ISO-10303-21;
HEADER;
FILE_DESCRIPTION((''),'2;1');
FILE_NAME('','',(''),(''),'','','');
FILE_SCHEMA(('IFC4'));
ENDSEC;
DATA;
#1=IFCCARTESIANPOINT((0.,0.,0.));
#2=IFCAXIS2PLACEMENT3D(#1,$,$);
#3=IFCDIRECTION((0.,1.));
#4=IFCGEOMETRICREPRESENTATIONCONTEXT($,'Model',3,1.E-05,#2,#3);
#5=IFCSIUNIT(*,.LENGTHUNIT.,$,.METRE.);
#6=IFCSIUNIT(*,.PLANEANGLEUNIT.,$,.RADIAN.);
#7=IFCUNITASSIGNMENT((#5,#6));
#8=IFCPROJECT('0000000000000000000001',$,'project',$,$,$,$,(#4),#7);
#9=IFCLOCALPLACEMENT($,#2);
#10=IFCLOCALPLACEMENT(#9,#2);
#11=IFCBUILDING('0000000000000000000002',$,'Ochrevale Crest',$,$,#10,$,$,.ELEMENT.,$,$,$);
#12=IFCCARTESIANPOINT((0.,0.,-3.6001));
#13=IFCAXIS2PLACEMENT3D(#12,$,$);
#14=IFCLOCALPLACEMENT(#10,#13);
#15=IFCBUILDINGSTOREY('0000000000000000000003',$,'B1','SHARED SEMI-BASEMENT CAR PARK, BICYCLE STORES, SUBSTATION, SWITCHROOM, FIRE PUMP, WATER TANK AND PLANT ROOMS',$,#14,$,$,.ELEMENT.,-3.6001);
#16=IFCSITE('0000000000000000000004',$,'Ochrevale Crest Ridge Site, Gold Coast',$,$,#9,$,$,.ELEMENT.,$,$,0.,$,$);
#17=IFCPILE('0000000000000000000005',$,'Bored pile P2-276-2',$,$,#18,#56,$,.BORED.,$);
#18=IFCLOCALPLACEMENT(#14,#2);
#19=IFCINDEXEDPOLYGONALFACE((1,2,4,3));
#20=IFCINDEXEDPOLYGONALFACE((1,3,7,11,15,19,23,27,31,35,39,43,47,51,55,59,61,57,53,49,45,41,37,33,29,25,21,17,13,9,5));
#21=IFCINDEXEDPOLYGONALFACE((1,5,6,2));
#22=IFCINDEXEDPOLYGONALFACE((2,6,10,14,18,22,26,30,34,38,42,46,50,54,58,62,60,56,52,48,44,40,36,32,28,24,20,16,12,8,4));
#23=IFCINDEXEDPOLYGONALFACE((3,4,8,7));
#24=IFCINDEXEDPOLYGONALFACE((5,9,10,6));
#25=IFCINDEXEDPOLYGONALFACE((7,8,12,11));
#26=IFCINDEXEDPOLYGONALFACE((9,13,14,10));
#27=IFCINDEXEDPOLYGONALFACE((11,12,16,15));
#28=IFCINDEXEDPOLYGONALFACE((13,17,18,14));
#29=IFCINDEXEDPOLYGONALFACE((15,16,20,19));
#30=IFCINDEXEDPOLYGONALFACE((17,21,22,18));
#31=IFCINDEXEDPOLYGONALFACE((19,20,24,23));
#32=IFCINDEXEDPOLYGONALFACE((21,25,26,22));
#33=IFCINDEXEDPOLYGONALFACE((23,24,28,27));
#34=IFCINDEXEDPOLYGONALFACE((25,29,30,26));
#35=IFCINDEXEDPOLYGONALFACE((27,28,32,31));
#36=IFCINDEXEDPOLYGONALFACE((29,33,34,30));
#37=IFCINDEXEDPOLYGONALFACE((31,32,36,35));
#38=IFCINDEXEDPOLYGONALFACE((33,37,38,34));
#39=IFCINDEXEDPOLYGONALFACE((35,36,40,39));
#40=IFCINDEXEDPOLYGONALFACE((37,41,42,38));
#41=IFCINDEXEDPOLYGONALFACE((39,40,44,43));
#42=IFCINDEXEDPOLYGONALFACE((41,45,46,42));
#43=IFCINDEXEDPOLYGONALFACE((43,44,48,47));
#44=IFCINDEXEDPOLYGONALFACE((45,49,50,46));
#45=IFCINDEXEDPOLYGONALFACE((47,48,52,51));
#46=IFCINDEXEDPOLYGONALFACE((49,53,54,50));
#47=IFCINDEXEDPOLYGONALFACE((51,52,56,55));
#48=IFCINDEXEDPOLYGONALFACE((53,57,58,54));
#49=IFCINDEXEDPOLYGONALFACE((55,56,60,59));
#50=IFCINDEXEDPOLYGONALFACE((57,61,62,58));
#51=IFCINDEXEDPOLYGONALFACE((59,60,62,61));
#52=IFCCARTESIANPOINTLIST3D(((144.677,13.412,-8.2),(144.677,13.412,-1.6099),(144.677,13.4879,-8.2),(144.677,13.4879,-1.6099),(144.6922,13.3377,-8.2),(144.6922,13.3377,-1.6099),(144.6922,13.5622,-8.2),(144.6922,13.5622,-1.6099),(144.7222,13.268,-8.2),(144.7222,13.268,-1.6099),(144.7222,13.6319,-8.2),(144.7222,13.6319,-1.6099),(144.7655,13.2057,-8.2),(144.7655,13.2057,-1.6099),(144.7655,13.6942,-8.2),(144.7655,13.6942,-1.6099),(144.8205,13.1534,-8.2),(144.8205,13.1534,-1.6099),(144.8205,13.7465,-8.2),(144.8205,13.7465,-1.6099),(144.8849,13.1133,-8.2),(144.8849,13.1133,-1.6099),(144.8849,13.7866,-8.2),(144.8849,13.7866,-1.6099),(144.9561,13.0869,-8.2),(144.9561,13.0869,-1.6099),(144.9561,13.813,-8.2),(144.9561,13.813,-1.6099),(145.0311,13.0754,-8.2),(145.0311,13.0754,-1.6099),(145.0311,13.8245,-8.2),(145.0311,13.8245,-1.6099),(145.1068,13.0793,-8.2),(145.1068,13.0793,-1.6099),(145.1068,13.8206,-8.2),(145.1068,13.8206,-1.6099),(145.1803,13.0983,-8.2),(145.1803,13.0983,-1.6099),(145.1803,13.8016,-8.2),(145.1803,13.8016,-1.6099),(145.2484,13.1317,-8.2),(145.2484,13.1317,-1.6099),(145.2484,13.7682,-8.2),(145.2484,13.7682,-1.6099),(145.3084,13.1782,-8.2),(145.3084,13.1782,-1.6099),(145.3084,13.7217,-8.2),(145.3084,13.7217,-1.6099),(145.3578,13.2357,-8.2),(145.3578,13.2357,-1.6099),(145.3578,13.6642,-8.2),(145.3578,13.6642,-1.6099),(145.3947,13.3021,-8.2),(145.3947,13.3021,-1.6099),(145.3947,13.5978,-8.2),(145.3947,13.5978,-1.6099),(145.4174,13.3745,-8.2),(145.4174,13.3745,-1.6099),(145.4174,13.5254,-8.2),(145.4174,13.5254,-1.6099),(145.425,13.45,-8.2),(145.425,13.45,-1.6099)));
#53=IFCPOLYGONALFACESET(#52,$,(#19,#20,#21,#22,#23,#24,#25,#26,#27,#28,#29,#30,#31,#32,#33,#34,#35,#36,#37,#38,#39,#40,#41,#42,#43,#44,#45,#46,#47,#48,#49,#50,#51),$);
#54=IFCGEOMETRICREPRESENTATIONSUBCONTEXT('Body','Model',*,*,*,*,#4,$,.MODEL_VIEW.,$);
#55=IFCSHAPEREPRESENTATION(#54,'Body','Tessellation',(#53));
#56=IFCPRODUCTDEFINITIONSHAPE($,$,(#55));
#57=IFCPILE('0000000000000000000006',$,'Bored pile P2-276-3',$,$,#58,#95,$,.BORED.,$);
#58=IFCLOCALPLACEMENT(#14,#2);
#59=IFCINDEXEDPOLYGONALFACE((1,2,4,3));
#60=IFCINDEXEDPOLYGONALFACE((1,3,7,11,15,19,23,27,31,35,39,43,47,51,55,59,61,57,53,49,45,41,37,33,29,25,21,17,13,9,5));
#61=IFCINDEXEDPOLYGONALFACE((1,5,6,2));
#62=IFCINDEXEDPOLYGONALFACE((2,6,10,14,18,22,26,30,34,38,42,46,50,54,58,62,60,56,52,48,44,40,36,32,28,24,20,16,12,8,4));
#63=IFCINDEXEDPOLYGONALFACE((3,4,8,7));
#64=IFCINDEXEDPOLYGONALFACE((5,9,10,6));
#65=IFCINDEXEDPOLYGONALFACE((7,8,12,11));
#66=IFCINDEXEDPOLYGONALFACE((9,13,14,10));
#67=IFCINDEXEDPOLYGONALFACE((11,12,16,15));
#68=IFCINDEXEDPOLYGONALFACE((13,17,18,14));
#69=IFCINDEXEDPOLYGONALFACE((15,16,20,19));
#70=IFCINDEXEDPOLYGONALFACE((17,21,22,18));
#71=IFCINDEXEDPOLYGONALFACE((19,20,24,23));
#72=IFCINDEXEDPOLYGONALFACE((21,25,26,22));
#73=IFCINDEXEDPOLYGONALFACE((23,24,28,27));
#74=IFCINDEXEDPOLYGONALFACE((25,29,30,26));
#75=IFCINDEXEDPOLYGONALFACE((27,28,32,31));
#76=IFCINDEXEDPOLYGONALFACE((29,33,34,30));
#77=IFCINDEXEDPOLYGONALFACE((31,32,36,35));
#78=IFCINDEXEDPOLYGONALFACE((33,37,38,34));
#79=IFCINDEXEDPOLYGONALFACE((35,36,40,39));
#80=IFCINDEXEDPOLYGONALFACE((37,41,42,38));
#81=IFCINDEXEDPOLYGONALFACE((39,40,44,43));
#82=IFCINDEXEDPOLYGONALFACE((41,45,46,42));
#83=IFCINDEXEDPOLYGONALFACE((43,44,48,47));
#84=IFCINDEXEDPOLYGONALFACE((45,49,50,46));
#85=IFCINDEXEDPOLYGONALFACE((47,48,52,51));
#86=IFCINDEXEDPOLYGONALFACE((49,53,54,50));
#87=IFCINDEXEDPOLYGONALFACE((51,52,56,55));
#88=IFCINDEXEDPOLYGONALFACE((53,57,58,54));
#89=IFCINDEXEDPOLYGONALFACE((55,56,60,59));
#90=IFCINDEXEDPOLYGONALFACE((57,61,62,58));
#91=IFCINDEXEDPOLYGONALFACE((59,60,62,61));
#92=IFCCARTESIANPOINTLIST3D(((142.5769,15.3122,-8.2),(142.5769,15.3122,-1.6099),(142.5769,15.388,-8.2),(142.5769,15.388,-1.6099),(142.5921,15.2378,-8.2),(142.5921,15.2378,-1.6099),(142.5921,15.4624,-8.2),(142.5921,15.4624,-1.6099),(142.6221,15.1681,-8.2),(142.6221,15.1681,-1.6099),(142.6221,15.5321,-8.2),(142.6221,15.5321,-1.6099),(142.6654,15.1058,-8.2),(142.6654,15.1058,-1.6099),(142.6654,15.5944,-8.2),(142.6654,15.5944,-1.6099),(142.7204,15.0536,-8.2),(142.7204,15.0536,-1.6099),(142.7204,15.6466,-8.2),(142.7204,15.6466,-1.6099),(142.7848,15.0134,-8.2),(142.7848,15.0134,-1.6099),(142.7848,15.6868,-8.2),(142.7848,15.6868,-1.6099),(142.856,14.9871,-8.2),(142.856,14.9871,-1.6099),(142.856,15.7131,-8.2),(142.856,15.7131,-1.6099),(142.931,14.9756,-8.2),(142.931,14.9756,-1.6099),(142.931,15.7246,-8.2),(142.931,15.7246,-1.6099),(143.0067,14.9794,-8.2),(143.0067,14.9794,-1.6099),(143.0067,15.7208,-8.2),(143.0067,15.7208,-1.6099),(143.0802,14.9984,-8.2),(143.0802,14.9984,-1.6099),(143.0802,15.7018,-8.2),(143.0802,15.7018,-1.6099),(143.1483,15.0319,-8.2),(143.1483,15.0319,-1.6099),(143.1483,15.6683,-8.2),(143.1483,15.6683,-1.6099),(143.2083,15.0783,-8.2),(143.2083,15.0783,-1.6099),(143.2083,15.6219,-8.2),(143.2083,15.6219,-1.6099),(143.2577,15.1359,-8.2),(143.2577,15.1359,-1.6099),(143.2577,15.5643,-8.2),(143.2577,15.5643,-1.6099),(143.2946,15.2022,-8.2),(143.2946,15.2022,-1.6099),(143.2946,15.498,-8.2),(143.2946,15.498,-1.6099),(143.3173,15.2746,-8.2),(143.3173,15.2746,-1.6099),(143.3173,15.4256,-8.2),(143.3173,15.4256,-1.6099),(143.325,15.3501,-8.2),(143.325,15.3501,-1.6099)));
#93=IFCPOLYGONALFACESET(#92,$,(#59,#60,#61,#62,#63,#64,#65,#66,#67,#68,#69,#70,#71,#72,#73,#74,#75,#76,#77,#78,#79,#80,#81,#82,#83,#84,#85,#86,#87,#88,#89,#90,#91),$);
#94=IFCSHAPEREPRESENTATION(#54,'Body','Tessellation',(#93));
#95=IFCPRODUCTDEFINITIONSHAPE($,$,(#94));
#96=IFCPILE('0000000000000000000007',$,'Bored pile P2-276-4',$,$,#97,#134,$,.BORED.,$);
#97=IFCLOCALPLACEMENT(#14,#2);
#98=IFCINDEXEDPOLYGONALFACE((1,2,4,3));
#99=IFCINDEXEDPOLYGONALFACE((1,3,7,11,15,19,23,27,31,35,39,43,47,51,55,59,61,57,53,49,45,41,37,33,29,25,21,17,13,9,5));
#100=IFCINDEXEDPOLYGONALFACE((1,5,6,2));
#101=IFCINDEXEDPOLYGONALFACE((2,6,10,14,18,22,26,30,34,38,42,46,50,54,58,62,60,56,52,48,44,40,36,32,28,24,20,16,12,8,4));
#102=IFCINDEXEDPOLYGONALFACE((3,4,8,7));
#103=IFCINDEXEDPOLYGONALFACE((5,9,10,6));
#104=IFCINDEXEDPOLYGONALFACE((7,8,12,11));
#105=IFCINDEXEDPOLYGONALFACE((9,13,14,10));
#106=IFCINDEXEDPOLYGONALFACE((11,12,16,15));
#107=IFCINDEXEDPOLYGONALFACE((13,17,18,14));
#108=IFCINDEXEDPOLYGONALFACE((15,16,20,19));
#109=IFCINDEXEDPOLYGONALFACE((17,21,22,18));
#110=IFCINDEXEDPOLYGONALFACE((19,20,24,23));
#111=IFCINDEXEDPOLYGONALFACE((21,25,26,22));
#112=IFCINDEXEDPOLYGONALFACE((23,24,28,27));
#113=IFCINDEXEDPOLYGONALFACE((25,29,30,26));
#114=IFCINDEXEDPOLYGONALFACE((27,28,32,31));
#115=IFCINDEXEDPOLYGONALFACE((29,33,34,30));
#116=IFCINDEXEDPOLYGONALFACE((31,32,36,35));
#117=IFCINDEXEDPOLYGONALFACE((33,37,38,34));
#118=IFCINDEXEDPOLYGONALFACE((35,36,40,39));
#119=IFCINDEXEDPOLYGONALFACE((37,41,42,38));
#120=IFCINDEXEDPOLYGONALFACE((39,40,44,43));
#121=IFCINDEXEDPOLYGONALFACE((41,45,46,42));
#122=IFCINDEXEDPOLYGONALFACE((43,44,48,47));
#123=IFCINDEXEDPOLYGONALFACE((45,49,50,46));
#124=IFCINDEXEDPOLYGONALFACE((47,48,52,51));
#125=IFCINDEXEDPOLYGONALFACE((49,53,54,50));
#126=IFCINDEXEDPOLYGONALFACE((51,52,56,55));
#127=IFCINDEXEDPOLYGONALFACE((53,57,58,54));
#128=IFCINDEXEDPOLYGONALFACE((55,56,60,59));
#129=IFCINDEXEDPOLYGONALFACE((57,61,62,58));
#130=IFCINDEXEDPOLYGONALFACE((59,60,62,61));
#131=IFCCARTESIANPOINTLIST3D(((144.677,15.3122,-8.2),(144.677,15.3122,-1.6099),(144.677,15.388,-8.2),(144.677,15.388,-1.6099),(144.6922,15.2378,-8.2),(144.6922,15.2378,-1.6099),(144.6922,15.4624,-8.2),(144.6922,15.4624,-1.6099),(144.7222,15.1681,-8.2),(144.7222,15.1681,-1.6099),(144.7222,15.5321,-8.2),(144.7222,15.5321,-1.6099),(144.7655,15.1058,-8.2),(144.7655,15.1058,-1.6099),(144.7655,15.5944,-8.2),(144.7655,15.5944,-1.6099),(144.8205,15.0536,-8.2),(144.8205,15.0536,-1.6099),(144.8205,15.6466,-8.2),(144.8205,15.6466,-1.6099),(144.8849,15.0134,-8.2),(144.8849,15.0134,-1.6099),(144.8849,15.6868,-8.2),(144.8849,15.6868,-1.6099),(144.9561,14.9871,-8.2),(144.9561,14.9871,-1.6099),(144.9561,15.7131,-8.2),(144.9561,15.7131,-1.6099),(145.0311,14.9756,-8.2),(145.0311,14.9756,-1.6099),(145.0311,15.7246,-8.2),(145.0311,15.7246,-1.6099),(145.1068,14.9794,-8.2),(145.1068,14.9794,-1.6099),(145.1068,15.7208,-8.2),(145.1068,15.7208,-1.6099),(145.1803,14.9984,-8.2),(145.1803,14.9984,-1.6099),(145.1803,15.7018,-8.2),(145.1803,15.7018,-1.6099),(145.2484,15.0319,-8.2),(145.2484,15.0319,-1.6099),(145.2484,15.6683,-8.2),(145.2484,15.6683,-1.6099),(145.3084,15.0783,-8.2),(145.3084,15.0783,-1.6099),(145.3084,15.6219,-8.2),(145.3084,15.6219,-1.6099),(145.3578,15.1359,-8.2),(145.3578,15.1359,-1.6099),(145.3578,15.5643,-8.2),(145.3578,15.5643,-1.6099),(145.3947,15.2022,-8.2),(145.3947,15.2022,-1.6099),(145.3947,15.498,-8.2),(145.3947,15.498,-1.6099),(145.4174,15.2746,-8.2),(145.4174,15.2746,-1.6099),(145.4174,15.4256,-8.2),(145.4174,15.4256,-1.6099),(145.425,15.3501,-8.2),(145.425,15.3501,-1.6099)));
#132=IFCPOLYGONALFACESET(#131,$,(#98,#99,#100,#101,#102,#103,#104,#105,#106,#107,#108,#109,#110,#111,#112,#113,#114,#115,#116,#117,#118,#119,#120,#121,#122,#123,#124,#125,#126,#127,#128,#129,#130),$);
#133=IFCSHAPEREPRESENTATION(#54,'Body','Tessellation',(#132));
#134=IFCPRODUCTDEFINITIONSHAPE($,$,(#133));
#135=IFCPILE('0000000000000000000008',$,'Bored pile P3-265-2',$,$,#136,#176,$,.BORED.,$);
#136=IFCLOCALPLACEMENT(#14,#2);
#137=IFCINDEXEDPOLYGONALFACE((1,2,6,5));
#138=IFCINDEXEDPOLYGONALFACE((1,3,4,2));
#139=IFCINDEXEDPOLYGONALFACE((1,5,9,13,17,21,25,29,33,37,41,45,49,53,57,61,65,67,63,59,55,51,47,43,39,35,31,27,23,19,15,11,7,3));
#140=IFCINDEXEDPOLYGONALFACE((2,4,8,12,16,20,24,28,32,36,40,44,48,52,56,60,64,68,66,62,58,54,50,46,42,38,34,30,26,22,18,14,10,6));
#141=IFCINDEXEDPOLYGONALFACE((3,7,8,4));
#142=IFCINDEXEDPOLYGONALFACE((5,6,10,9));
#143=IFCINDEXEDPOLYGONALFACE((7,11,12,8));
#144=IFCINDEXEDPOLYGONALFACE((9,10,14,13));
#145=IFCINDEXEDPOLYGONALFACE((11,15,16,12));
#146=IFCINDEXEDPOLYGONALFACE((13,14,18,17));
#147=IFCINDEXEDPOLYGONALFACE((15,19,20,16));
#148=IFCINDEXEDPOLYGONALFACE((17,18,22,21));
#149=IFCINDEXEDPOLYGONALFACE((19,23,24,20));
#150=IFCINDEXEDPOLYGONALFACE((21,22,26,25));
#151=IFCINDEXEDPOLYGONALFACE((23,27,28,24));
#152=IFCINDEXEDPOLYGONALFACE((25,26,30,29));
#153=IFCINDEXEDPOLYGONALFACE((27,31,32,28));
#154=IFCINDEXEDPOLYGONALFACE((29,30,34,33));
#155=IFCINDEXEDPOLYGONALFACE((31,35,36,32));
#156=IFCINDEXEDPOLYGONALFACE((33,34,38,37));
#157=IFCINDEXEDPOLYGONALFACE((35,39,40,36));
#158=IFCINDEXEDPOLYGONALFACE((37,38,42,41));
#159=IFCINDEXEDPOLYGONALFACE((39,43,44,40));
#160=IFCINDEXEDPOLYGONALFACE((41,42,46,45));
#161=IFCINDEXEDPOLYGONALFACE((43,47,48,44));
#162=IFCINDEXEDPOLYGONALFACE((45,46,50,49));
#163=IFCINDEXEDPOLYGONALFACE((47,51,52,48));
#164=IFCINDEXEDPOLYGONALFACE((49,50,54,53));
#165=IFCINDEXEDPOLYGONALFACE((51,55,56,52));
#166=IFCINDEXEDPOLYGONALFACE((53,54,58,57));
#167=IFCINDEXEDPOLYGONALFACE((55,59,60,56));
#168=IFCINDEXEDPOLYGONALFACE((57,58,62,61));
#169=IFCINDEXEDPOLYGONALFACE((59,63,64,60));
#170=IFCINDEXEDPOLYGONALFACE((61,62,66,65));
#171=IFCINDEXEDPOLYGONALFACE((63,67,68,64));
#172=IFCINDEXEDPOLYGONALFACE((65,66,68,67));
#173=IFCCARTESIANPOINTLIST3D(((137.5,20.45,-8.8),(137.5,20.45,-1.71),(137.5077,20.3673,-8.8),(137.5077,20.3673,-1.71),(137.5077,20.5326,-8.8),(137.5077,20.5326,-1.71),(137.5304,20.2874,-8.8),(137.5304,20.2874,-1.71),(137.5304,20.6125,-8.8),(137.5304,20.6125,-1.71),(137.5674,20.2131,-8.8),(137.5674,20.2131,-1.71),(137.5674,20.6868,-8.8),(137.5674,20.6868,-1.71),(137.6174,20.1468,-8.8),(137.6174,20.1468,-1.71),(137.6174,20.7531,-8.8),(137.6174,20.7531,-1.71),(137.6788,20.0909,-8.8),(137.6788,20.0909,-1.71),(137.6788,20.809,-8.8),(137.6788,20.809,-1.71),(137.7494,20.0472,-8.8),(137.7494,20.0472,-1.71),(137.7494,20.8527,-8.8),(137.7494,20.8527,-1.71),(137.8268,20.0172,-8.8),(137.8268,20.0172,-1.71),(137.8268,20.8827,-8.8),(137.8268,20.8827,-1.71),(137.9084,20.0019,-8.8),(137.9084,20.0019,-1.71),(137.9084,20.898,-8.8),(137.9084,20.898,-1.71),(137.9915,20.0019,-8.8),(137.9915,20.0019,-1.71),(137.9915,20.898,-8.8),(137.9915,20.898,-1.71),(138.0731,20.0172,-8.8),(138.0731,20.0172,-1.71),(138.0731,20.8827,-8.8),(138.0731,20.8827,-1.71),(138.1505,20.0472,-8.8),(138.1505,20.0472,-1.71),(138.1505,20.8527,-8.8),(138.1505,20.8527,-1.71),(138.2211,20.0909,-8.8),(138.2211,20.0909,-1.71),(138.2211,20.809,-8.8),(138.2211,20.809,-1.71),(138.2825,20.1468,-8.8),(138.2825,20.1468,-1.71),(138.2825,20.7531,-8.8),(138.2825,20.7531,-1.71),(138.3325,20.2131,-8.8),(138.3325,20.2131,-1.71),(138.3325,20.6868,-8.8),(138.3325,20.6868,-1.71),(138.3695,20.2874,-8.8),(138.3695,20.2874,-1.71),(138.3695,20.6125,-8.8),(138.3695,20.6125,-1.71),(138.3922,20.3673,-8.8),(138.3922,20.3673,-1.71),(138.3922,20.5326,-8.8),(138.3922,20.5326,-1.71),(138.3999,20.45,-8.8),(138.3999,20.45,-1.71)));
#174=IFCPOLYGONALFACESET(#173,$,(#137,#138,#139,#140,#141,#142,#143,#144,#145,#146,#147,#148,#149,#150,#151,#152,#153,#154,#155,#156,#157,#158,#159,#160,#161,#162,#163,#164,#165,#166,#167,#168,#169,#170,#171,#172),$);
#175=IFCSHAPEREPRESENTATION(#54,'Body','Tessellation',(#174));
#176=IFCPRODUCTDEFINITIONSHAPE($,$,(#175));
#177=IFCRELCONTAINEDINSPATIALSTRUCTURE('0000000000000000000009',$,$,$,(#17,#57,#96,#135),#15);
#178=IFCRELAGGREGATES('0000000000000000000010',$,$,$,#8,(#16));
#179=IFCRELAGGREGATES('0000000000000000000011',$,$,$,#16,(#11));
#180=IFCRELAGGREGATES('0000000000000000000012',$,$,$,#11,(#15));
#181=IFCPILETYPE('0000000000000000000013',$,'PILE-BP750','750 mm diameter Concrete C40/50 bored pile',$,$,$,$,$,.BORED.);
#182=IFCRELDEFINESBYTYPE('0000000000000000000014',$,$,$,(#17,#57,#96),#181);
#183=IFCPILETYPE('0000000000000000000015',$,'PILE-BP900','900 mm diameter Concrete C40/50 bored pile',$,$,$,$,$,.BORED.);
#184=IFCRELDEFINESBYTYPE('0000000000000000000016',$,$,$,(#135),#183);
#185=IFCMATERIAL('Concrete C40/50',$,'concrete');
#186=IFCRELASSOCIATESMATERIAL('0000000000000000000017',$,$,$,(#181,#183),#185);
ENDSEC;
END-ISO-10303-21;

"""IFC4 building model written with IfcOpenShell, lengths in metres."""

from ifc_helpers import new_model, si_unit, direction, frame, origin, origin_2d, place, context, subcontext, project, spatial, circle, extrude, material, material_profile, profile_set, type_object, element, save


model = new_model("IFC4")

# Units and contexts
model_context = context("Model", 3, precision=1e-05, world=origin(), true_north=direction((0.0, 1.0)))
body_context = subcontext(model_context, "Body", "Model", "MODEL_VIEW")
ifc_project = project(units=[si_unit("LENGTHUNIT", "METRE"), si_unit("PLANEANGLEUNIT", "RADIAN")], contexts=[model_context])

# Site, building, storey
site_placement = place(None, origin())
site = spatial("IfcSite", under=ifc_project, at=site_placement, Name="Ochrevale Crest Ridge Site, Gold Coast", CompositionType="ELEMENT", RefElevation=0.0)
building_placement = place(site_placement, origin())
building = spatial("IfcBuilding", under=site, at=building_placement, Name="Ochrevale Crest", CompositionType="ELEMENT")
storey_placement = place(building_placement, frame((0.0, 0.0, -3.6001)))
storey = spatial("IfcBuildingStorey", under=building, at=storey_placement, Name="B1", Description="SHARED SEMI-BASEMENT CAR PARK, BICYCLE STORES, SUBSTATION, SWITCHROOM, FIRE PUMP, WATER TANK AND PLANT ROOMS", CompositionType="ELEMENT", Elevation=-3.6001)

# Shared definitions
ifc_material_1 = material(Name="Concrete C40/50", Category="concrete")

# Piles
ifc_material_profile_1 = material_profile(ifc_material_1, circle(Radius=0.375, at=origin_2d()), Name="BORED PILE 750")
ifc_profile_set_1 = profile_set([ifc_material_profile_1], Name="Concrete C40/50")
pile_type_1 = type_object("IfcPileType", Name="PILE-BP750", Description="750 mm diameter Concrete C40/50 bored pile", PredefinedType="BORED", material=ifc_profile_set_1)
for number, where, z_axis, x_axis, name in (
    (1, (145.05, 13.45, -1.6099), (0.0, 0.0, -1.0), (1.0, 0.0, 0.0), "Bored pile P2-276-2"),
    (2, (142.95, 15.3501, -1.6099), (0.0, 0.0, -1.0), (1.0, 0.0, 0.0), "Bored pile P2-276-3"),
    (3, (145.05, 15.3501, -1.6099), (0.0, 0.0, -1.0), (1.0, 0.0, 0.0), "Bored pile P2-276-4"),
):
    element("IfcPile", number, at=place(storey_placement, frame(where, z_axis=z_axis, x_axis=x_axis)), inside=storey, type_object=pile_type_1, Name=name, PredefinedType="BORED", context=body_context, shape_type="SweptSolid", body=[
        extrude(circle(Radius=0.375, at=origin_2d()), origin(), (0.0, 0.0, 1.0), 6.5901),
    ])
ifc_material_profile_2 = material_profile(ifc_material_1, circle(Radius=0.45, at=origin_2d()), Name="BORED PILE 900")
ifc_profile_set_2 = profile_set([ifc_material_profile_2], Name="Concrete C40/50")
pile_type_2 = type_object("IfcPileType", Name="PILE-BP900", Description="900 mm diameter Concrete C40/50 bored pile", PredefinedType="BORED", material=ifc_profile_set_2)
for number, where, z_axis, x_axis, name in (
    (4, (137.95, 20.45, -1.71), (0.0, 0.0, -1.0), (1.0, 0.0, 0.0), "Bored pile P3-265-2"),
):
    element("IfcPile", number, at=place(storey_placement, frame(where, z_axis=z_axis, x_axis=x_axis)), inside=storey, type_object=pile_type_2, Name=name, PredefinedType="BORED", context=body_context, shape_type="SweptSolid", body=[
        extrude(circle(Radius=0.45, at=origin_2d()), origin(), (0.0, 0.0, 1.0), 7.0901),
    ])

save(model, "model.ifc")
